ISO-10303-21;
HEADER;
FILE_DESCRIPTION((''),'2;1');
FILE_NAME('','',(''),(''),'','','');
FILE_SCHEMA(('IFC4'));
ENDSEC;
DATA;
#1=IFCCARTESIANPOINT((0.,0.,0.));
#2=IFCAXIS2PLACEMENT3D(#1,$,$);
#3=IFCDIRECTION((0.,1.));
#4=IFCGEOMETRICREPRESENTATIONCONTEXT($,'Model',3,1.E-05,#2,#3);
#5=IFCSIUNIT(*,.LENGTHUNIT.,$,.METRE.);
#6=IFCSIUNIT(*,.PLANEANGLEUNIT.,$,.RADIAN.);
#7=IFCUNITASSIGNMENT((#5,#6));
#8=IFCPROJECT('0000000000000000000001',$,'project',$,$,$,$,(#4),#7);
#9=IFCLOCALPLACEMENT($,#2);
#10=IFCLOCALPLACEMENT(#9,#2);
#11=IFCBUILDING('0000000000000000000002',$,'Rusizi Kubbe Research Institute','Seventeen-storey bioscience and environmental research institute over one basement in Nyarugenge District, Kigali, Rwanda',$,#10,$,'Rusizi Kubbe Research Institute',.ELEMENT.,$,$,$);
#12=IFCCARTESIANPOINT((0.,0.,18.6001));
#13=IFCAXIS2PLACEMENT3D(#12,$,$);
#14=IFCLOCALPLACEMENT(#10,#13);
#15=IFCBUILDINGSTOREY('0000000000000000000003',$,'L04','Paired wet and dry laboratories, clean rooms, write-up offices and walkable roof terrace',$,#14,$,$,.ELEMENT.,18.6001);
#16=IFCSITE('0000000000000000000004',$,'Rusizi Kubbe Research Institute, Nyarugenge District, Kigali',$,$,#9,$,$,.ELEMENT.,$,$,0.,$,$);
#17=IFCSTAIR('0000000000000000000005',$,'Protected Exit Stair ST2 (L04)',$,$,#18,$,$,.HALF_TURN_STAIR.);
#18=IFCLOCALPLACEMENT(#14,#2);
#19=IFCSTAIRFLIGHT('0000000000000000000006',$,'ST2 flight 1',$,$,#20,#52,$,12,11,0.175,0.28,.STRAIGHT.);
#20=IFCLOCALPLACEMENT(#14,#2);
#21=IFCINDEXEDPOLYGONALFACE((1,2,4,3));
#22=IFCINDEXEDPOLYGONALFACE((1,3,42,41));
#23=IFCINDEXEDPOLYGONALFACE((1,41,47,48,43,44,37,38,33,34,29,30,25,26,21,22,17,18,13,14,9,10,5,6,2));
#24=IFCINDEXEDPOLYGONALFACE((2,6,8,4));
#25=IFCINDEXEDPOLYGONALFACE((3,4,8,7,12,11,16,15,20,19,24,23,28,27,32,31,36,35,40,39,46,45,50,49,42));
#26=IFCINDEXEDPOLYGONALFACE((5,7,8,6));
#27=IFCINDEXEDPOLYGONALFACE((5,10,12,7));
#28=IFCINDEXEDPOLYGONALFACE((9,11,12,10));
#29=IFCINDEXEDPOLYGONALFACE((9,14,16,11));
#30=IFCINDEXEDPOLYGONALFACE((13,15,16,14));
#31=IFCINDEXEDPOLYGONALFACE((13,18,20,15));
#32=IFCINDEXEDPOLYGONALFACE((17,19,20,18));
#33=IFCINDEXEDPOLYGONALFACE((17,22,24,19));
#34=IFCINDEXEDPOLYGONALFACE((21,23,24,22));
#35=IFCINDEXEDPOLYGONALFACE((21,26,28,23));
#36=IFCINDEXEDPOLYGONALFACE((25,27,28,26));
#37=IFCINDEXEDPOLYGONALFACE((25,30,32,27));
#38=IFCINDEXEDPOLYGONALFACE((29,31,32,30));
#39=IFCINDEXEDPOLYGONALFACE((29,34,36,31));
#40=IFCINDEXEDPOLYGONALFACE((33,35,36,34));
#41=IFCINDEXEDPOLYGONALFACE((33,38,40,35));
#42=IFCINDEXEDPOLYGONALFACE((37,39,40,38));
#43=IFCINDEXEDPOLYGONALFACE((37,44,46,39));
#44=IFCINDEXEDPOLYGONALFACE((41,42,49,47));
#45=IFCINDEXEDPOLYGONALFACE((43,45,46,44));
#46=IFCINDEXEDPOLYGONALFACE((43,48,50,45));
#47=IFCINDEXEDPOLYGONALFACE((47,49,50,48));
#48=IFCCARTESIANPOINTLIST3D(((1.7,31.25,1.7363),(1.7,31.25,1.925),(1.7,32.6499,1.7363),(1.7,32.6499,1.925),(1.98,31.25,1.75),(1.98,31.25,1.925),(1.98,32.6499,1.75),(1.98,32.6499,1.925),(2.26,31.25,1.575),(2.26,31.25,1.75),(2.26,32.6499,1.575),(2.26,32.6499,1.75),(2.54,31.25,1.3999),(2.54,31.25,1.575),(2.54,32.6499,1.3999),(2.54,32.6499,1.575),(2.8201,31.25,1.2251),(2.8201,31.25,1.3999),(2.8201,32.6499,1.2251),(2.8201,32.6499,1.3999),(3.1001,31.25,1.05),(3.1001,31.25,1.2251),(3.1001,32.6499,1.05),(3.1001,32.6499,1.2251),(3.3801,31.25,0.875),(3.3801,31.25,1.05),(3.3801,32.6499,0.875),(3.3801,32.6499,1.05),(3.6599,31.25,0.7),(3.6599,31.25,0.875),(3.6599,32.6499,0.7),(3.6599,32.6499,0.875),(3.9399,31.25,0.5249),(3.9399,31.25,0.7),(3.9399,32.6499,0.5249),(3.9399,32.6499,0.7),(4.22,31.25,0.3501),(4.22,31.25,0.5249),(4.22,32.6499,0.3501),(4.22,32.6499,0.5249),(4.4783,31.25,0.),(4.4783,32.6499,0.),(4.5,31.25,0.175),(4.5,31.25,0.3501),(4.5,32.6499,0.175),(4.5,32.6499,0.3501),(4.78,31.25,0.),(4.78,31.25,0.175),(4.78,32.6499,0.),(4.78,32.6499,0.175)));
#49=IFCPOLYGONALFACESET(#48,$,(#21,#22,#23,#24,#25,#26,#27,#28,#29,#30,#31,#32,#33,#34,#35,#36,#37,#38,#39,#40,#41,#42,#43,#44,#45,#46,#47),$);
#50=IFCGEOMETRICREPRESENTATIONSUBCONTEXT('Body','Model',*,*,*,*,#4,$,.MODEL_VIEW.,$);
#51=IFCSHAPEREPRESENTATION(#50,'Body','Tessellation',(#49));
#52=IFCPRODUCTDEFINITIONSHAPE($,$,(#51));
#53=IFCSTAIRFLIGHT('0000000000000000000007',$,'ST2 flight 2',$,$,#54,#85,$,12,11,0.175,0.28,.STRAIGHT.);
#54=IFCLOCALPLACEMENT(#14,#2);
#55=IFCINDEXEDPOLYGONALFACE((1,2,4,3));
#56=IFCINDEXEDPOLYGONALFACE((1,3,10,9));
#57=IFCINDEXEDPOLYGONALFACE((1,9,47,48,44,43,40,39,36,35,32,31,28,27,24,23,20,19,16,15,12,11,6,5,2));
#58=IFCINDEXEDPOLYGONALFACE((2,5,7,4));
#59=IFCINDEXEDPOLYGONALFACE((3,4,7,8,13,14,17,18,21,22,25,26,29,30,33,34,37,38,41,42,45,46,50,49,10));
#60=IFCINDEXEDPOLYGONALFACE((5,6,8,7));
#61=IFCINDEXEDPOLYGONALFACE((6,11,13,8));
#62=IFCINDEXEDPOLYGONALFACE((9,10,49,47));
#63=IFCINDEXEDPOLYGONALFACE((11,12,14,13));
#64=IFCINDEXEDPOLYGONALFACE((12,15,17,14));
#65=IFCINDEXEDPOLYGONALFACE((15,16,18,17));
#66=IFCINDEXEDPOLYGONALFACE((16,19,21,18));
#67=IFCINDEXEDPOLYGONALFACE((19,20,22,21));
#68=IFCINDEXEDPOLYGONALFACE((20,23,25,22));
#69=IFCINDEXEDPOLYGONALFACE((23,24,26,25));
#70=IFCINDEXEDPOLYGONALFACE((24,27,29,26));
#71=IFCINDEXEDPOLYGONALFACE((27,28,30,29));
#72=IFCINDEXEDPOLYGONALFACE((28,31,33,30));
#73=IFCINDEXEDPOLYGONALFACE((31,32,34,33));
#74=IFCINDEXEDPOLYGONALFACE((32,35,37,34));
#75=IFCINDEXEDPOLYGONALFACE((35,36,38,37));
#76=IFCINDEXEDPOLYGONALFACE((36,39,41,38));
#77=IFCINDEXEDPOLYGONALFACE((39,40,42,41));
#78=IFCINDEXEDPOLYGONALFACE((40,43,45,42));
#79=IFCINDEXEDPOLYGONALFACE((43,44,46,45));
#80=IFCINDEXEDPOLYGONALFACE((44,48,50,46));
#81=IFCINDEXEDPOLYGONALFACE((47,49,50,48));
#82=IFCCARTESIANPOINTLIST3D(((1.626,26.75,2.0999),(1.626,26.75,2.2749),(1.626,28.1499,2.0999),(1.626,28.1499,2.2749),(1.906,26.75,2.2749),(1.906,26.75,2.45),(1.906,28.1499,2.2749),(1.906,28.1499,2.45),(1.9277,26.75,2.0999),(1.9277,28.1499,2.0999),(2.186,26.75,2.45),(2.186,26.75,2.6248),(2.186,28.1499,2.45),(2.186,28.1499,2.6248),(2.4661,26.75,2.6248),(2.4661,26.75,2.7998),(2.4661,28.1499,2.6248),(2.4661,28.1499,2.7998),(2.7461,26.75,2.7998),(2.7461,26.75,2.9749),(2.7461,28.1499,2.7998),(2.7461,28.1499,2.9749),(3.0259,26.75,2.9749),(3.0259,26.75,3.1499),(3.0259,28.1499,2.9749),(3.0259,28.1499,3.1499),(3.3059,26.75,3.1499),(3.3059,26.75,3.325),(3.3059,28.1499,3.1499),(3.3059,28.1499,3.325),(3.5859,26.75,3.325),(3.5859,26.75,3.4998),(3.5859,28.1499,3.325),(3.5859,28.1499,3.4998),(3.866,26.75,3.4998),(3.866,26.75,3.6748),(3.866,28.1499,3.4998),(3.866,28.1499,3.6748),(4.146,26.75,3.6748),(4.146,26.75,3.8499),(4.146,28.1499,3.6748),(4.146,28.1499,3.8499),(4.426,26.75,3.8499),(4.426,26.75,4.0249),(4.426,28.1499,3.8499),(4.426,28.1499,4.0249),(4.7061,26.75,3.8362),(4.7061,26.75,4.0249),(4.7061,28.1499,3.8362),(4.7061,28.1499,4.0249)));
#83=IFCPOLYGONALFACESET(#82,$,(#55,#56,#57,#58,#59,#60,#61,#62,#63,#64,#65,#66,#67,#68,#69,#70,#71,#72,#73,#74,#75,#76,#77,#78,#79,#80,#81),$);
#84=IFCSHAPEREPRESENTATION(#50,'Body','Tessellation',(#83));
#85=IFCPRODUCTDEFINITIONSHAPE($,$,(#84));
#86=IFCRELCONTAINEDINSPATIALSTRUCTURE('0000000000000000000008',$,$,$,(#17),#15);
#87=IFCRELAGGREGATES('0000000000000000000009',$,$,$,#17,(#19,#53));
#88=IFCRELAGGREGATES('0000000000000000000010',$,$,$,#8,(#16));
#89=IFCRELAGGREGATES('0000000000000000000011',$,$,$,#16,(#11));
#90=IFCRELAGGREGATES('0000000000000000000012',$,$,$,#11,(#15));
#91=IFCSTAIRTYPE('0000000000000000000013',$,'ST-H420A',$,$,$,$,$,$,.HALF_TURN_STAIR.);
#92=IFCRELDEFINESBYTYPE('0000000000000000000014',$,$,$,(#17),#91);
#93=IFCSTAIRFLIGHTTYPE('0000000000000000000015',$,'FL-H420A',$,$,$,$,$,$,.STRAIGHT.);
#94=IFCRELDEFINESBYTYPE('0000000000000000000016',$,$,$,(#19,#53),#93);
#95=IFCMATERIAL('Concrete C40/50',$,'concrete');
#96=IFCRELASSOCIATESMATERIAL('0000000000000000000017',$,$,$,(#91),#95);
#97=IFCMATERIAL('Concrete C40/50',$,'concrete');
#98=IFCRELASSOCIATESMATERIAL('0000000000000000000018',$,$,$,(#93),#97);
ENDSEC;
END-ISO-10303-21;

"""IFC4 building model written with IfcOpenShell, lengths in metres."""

from ifc_helpers import new_model, si_unit, direction, frame, origin, place, context, subcontext, project, spatial, polyline, outline, extrude, material, type_object, element, aggregate, save


model = new_model("IFC4")

# Units and contexts
model_context = context("Model", 3, precision=1e-05, world=origin(), true_north=direction((0.0, 1.0)))
body_context = subcontext(model_context, "Body", "Model", "MODEL_VIEW")
ifc_project = project(units=[si_unit("LENGTHUNIT", "METRE"), si_unit("PLANEANGLEUNIT", "RADIAN")], contexts=[model_context])

# Site, building, storey
site_placement = place(None, origin())
site = spatial("IfcSite", under=ifc_project, at=site_placement, Name="Rusizi Kubbe Research Institute, Nyarugenge District, Kigali", CompositionType="ELEMENT", RefElevation=0.0)
building_placement = place(site_placement, origin())
building = spatial("IfcBuilding", under=site, at=building_placement, Name="Rusizi Kubbe Research Institute", Description="Seventeen-storey bioscience and environmental research institute over one basement in Nyarugenge District, Kigali, Rwanda", LongName="Rusizi Kubbe Research Institute", CompositionType="ELEMENT")
storey_placement = place(building_placement, frame((0.0, 0.0, 18.6001)))
storey = spatial("IfcBuildingStorey", under=building, at=storey_placement, Name="L04", Description="Paired wet and dry laboratories, clean rooms, write-up offices and walkable roof terrace", CompositionType="ELEMENT", Elevation=18.6001)

# Stair, stair flights
ifc_material_1 = material(Name="Concrete C40/50", Category="concrete")
stair_type = type_object("IfcStairType", Name="ST-H420A", PredefinedType="HALF_TURN_STAIR", material=ifc_material_1)
stair_placement = place(storey_placement, origin())
stair = element("IfcStair", 1, at=stair_placement, inside=storey, type_object=stair_type, Name="Protected Exit Stair ST2 (L04)", PredefinedType="HALF_TURN_STAIR")
ifc_material_2 = material(Name="Concrete C40/50", Category="concrete")
stair_flight_type = type_object("IfcStairFlightType", Name="FL-H420A", PredefinedType="STRAIGHT", material=ifc_material_2)
stair_flight_1_placement = place(storey_placement, frame((4.78, 31.95, 0.0), z_axis=(0.0, 0.0, 1.0), x_axis=(-1.0, 0.0, 0.0)))
stair_flight_1 = element("IfcStairFlight", 2, at=stair_flight_1_placement, type_object=stair_flight_type, Name="ST2 flight 1", NumberOfRisers=12, NumberOfTreads=11, PredefinedType="STRAIGHT", RiserHeight=0.175, TreadLength=0.28, context=body_context, shape_type="SweptSolid", body=[
    extrude(outline(polyline([(0.0, 0.0), (0.0, 0.175), (0.28, 0.175), (0.28, 0.3501), (0.5601, 0.3501), (0.5601, 0.5249), (0.8401, 0.5249), (0.8401, 0.7), (1.1201, 0.7), (1.1201, 0.875), (1.3999, 0.875), (1.3999, 1.05), (1.6799, 1.05), (1.6799, 1.2251), (1.96, 1.2251), (1.96, 1.3999), (2.24, 1.3999), (2.24, 1.575), (2.52, 1.575), (2.52, 1.75), (2.8, 1.75), (2.8, 1.925), (3.0801, 1.925), (3.0801, 2.1001), (3.0801, 1.7363), (0.3018, 0.0), (0.0, 0.0)])), frame((0.0, 0.7, 0.0), z_axis=(0.0, -1.0, 0.0), x_axis=(1.0, 0.0, 0.0)), (0.0, 0.0, 1.0), 1.3999),
])
stair_flight_2_placement = place(storey_placement, frame((1.626, 27.45, 2.0999), z_axis=(0.0, 0.0, 1.0), x_axis=(1.0, 0.0, 0.0)))
stair_flight_2 = element("IfcStairFlight", 3, at=stair_flight_2_placement, type_object=stair_flight_type, Name="ST2 flight 2", NumberOfRisers=12, NumberOfTreads=11, PredefinedType="STRAIGHT", RiserHeight=0.175, TreadLength=0.28, context=body_context, shape_type="SweptSolid", body=[
    extrude(outline(polyline([(0.0, 0.0), (0.0, 0.175), (0.28, 0.175), (0.28, 0.3501), (0.5601, 0.3501), (0.5601, 0.5249), (0.8401, 0.5249), (0.8401, 0.7), (1.1201, 0.7), (1.1201, 0.875), (1.3999, 0.875), (1.3999, 1.05), (1.6799, 1.05), (1.6799, 1.2251), (1.96, 1.2251), (1.96, 1.3999), (2.24, 1.3999), (2.24, 1.575), (2.52, 1.575), (2.52, 1.75), (2.8, 1.75), (2.8, 1.925), (3.0801, 1.925), (3.0801, 2.1001), (3.0801, 1.7363), (0.3018, 0.0), (0.0, 0.0)])), frame((0.0, 0.7, 0.0), z_axis=(0.0, -1.0, 0.0), x_axis=(1.0, 0.0, 0.0)), (0.0, 0.0, 1.0), 1.3999),
])
aggregate(stair, [stair_flight_1, stair_flight_2])

save(model, "model.ifc")
